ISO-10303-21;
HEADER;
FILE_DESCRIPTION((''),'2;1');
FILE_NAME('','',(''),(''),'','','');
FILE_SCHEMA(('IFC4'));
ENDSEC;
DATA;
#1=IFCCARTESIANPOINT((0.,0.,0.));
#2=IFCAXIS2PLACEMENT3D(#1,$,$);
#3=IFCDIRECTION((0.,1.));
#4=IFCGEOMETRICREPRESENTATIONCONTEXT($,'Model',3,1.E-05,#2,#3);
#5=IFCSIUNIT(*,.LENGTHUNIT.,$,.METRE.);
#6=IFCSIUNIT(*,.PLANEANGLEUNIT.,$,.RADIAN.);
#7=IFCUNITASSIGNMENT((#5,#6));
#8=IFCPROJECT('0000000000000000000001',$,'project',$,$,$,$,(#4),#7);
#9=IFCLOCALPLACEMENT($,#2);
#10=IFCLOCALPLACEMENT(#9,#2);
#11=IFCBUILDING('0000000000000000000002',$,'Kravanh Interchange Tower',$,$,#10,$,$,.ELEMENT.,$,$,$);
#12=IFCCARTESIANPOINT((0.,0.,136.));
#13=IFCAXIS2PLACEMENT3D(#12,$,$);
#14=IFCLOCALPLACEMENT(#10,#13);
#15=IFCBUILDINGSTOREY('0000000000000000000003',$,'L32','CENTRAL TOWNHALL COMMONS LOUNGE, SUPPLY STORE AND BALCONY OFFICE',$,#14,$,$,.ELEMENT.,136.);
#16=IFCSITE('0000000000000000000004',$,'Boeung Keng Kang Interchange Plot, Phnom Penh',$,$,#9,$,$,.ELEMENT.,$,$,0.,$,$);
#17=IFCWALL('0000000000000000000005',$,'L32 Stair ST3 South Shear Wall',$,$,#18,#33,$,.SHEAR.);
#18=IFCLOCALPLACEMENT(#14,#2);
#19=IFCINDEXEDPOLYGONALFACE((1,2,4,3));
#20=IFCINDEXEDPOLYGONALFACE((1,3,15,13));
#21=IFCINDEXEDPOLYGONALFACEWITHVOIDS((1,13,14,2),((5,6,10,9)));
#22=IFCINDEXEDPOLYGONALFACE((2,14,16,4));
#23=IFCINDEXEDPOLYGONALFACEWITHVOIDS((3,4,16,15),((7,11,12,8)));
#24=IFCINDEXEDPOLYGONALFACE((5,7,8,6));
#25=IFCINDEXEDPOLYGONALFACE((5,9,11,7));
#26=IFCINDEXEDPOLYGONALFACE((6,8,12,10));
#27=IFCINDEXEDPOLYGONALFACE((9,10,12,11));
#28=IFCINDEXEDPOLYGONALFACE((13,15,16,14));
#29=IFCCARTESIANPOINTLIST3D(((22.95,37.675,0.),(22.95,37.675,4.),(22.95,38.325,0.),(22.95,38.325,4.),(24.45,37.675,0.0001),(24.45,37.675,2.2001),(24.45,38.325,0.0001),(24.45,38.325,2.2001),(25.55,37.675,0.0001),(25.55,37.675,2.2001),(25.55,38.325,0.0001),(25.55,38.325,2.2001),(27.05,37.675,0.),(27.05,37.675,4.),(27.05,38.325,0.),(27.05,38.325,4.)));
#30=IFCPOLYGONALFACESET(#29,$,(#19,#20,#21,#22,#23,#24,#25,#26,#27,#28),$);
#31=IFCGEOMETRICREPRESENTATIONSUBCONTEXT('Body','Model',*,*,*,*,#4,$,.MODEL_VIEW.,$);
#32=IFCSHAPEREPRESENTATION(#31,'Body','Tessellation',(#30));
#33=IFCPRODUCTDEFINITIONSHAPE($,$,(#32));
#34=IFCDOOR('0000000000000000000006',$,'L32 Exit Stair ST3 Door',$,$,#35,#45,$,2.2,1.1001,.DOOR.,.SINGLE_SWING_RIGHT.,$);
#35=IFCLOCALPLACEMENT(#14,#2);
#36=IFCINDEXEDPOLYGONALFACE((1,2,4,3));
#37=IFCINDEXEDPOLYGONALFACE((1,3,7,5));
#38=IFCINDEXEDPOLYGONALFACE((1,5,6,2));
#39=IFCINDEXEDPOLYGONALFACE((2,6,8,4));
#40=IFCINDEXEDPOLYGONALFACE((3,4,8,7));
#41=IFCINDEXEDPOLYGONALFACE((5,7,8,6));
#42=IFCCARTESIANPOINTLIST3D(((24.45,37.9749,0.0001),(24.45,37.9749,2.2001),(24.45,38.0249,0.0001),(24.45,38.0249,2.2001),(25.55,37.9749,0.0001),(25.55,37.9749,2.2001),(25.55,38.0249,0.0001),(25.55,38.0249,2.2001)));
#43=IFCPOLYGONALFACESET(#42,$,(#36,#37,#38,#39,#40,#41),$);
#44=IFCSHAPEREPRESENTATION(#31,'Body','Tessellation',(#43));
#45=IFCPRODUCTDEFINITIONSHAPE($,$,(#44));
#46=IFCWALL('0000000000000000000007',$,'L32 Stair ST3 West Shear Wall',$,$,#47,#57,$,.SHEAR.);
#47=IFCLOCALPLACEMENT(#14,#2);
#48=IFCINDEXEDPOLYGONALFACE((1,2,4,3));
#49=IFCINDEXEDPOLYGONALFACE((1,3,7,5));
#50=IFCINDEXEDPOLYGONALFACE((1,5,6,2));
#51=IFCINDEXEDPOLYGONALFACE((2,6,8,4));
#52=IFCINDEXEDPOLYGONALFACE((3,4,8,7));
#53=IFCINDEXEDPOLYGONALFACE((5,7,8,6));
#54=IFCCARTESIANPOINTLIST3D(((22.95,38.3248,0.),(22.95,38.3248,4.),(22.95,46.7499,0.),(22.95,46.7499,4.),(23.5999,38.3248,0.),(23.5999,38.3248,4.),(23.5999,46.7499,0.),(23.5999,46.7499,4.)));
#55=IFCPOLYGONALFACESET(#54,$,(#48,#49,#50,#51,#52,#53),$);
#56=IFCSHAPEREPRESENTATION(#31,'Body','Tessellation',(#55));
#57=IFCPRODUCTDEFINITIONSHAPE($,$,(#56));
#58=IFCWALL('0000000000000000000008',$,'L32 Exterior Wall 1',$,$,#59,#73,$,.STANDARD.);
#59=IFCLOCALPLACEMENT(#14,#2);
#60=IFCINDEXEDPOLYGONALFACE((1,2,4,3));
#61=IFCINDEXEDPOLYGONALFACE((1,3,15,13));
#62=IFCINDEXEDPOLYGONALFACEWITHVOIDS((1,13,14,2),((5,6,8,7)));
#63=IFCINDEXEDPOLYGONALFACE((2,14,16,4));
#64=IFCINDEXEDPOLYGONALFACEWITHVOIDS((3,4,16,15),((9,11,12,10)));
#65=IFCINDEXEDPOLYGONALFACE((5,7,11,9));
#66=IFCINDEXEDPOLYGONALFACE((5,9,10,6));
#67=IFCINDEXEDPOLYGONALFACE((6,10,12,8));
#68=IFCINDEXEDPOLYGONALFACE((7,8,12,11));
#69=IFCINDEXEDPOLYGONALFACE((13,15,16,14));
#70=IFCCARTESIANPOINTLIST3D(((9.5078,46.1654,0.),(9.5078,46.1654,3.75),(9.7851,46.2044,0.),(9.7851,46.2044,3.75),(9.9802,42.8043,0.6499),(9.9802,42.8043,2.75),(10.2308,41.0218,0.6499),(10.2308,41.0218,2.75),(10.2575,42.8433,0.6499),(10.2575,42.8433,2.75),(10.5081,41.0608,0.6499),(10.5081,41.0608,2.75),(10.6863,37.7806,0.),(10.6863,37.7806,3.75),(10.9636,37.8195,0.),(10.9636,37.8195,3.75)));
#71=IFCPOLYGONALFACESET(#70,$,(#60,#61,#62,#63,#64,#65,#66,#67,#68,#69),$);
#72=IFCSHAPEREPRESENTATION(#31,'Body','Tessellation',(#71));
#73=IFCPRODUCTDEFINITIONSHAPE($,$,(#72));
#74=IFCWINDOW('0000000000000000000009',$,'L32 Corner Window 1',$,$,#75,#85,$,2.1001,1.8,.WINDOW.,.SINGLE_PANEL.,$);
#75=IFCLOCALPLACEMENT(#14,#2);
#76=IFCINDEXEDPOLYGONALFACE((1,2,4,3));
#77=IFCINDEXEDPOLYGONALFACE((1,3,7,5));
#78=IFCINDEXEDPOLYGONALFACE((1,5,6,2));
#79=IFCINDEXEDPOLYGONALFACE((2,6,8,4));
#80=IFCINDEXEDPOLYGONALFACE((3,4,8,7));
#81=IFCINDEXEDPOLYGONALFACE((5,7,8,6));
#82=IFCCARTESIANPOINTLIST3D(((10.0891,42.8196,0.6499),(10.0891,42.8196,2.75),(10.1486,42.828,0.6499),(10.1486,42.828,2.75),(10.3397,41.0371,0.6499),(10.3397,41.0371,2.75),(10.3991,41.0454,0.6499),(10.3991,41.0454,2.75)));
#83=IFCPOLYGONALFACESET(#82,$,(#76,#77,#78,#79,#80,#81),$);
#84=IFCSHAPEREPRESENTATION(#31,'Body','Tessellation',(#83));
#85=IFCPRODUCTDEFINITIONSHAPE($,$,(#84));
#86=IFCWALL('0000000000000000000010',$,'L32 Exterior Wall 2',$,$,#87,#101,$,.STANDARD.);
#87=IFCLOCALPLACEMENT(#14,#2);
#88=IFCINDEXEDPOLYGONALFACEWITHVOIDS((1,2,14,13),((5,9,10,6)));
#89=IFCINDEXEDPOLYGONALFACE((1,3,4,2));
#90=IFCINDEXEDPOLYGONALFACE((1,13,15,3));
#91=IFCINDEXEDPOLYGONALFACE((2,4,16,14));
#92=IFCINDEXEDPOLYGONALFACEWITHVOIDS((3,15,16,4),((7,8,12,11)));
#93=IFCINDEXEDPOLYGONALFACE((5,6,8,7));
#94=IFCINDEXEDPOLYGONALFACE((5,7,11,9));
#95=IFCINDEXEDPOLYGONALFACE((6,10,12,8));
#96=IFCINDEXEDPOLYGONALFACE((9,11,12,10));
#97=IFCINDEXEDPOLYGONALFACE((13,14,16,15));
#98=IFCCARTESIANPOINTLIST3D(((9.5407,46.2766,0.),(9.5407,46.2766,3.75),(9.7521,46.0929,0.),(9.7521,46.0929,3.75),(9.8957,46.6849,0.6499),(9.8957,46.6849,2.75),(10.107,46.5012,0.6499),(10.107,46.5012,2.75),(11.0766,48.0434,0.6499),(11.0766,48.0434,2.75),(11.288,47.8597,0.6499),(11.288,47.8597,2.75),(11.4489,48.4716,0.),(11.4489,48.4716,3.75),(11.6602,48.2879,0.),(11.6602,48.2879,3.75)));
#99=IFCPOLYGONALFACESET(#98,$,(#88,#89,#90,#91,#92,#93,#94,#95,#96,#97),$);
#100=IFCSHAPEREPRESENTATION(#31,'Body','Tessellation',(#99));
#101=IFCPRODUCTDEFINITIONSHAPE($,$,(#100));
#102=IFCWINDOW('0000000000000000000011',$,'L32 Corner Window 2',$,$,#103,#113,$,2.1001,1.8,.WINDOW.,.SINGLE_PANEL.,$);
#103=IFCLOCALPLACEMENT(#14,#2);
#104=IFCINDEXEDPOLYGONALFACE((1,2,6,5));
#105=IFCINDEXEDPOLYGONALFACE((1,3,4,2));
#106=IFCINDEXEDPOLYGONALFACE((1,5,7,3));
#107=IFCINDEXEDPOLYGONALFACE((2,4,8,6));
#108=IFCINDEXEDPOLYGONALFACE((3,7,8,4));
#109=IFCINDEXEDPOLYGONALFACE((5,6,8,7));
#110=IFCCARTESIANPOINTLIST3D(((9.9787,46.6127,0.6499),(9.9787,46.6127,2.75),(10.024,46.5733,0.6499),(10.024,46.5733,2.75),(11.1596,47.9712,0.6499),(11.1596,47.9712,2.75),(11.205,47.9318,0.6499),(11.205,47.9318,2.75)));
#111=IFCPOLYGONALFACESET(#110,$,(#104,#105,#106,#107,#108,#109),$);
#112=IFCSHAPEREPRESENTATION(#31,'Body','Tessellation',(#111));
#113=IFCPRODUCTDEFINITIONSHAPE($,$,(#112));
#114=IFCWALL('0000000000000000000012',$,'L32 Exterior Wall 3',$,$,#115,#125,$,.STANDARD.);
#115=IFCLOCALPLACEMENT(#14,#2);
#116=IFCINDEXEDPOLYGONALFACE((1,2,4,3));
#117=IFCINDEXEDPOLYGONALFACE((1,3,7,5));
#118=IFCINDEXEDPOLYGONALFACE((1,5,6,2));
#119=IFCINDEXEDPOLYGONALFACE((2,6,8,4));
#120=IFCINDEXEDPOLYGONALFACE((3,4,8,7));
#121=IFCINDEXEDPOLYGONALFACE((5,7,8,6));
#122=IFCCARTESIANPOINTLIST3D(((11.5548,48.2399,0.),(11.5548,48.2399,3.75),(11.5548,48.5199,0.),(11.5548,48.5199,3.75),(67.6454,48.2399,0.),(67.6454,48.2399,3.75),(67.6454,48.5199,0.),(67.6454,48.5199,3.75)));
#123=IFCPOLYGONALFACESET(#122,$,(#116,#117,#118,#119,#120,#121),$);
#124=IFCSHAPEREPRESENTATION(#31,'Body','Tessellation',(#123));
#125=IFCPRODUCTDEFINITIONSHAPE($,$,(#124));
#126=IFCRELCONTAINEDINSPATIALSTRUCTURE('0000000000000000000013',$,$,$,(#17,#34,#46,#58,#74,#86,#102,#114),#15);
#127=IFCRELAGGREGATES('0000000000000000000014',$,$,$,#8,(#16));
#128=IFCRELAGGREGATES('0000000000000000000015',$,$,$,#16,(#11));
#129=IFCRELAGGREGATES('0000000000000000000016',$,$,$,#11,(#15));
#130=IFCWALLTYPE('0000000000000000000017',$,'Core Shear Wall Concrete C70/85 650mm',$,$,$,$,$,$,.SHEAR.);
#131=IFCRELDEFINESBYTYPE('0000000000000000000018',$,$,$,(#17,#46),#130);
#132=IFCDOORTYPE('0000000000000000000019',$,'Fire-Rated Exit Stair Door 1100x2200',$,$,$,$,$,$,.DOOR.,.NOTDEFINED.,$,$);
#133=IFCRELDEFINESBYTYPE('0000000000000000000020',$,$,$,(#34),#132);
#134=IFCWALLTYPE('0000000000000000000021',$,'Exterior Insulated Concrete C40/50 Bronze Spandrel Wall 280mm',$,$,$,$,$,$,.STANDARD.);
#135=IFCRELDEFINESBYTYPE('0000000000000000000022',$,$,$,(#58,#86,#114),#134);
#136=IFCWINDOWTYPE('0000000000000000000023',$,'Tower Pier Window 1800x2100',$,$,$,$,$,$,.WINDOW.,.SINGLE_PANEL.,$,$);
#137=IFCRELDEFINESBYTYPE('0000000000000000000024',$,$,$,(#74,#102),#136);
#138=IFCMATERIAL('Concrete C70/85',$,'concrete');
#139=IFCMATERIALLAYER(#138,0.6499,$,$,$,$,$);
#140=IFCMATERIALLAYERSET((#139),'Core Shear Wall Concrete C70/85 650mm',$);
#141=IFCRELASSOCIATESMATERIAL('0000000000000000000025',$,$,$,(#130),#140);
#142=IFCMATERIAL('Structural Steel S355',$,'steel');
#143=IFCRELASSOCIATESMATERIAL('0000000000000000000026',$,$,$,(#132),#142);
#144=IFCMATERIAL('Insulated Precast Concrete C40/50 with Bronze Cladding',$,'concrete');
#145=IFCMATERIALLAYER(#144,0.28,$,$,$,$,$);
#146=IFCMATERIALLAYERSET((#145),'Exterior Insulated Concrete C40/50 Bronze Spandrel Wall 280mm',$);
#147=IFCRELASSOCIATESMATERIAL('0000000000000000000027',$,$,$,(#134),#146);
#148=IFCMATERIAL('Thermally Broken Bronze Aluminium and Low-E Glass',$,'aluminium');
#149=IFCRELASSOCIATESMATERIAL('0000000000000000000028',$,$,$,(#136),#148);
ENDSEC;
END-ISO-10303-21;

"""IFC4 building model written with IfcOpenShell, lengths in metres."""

from ifc_helpers import new_model, si_unit, direction, frame, frame_2d, origin, place, context, subcontext, project, spatial, rectangle, extrude, material, layer, layer_set, type_object, element, fill, save


model = new_model("IFC4")

# Units and contexts
model_context = context("Model", 3, precision=1e-05, world=origin(), true_north=direction((0.0, 1.0)))
body_context = subcontext(model_context, "Body", "Model", "MODEL_VIEW")
ifc_project = project(units=[si_unit("LENGTHUNIT", "METRE"), si_unit("PLANEANGLEUNIT", "RADIAN")], contexts=[model_context])

# Site, building, storey
site_placement = place(None, origin())
site = spatial("IfcSite", under=ifc_project, at=site_placement, Name="Boeung Keng Kang Interchange Plot, Phnom Penh", CompositionType="ELEMENT", RefElevation=0.0)
building_placement = place(site_placement, origin())
building = spatial("IfcBuilding", under=site, at=building_placement, Name="Kravanh Interchange Tower", CompositionType="ELEMENT")
storey_placement = place(building_placement, frame((0.0, 0.0, 136.0)))
storey = spatial("IfcBuildingStorey", under=building, at=storey_placement, Name="L32", Description="CENTRAL TOWNHALL COMMONS LOUNGE, SUPPLY STORE AND BALCONY OFFICE", CompositionType="ELEMENT", Elevation=136.0)

# Shared definitions
ifc_material_1 = material(Name="Concrete C70/85", Category="concrete")
ifc_layer_1 = layer(ifc_material_1, 0.6499)
ifc_layer_set_1 = layer_set([ifc_layer_1], Name="Core Shear Wall Concrete C70/85 650mm")
wall_type_1 = type_object("IfcWallType", Name="Core Shear Wall Concrete C70/85 650mm", PredefinedType="SHEAR", material=ifc_layer_set_1)

# Wall, opening, door
wall_1_placement = place(storey_placement, frame((22.95, 38.0, 0.0), z_axis=(0.0, 0.0, 1.0), x_axis=(1.0, 0.0, 0.0)))
wall_1 = element("IfcWall", 1, at=wall_1_placement, inside=storey, type_object=wall_type_1, Name="L32 Stair ST3 South Shear Wall", PredefinedType="SHEAR", context=body_context, shape_type="SweptSolid", body=[
    extrude(rectangle(XDim=4.1001, YDim=0.6499, at=frame_2d((2.05, 0.0))), origin(), (0.0, 0.0, 1.0), 4.0),
])
opening_1_placement = place(wall_1_placement, frame((1.5, 0.0, 0.0)))
opening_1 = element("IfcOpeningElement", 2, at=opening_1_placement, cuts=wall_1, PredefinedType="OPENING", context=body_context, shape_type="SweptSolid", body=[
    extrude(rectangle(XDim=1.1001, YDim=2.2, at=frame_2d((0.55, 1.1001))), frame((0.0, 0.335, 0.0), z_axis=(0.0, -1.0, 0.0), x_axis=(1.0, 0.0, 0.0)), (0.0, 0.0, 1.0), 0.6699),
])
ifc_material_2 = material(Name="Structural Steel S355", Category="steel")
door_type_1 = type_object("IfcDoorType", Name="Fire-Rated Exit Stair Door 1100x2200", OperationType="NOTDEFINED", PredefinedType="DOOR", material=ifc_material_2)
door_1_placement = place(opening_1_placement, origin())
door_1 = element("IfcDoor", 3, at=door_1_placement, inside=storey, type_object=door_type_1, Name="L32 Exit Stair ST3 Door", OperationType="SINGLE_SWING_RIGHT", OverallHeight=2.2, OverallWidth=1.1001, PredefinedType="DOOR", context=body_context, shape_type="SweptSolid", body=[
    extrude(rectangle(XDim=1.1001, YDim=2.2, at=frame_2d((0.55, 1.1001))), frame((0.0, 0.0249, 0.0), z_axis=(0.0, -1.0, 0.0), x_axis=(1.0, 0.0, 0.0)), (0.0, 0.0, 1.0), 0.05),
])
fill(opening_1, door_1)

# Wall
wall_2_placement = place(storey_placement, frame((23.2749, 38.325, 0.0), z_axis=(0.0, 0.0, 1.0), x_axis=(0.0, 1.0, 0.0)))
element("IfcWall", 4, at=wall_2_placement, inside=storey, type_object=wall_type_1, Name="L32 Stair ST3 West Shear Wall", PredefinedType="SHEAR", context=body_context, shape_type="SweptSolid", body=[
    extrude(rectangle(XDim=8.425, YDim=0.6499, at=frame_2d((4.2124, 0.0))), origin(), (0.0, 0.0, 1.0), 4.0),
])

# Walls, openings, windows
ifc_material_3 = material(Name="Insulated Precast Concrete C40/50 with Bronze Cladding", Category="concrete")
ifc_layer_2 = layer(ifc_material_3, 0.28)
ifc_layer_set_2 = layer_set([ifc_layer_2], Name="Exterior Insulated Concrete C40/50 Bronze Spandrel Wall 280mm")
wall_type_2 = type_object("IfcWallType", Name="Exterior Insulated Concrete C40/50 Bronze Spandrel Wall 280mm", PredefinedType="STANDARD", material=ifc_layer_set_2)
wall_3_placement = place(storey_placement, frame((10.825, 37.8, 0.0), z_axis=(0.0, 0.0, 1.0), x_axis=(-0.139181, 0.990267, 0.0)))
wall_3 = element("IfcWall", 5, at=wall_3_placement, inside=storey, type_object=wall_type_2, Name="L32 Exterior Wall 1", PredefinedType="STANDARD", context=body_context, shape_type="SweptSolid", body=[
    extrude(rectangle(XDim=8.4673, YDim=0.28, at=frame_2d((4.2336, 0.0))), origin(), (0.0, 0.0, 1.0), 3.75),
])
opening_2_placement = place(wall_3_placement, frame((3.2732, 0.0, 0.6499)))
opening_2 = element("IfcOpeningElement", 6, at=opening_2_placement, cuts=wall_3, PredefinedType="OPENING", context=body_context, shape_type="SweptSolid", body=[
    extrude(rectangle(XDim=1.8, YDim=2.1001, at=frame_2d((0.8999, 1.05))), frame((0.0, 0.1499, 0.0), z_axis=(0.0, -1.0, 0.0), x_axis=(1.0, 0.0, 0.0)), (0.0, 0.0, 1.0), 0.3),
])
ifc_material_4 = material(Name="Thermally Broken Bronze Aluminium and Low-E Glass", Category="aluminium")
window_type = type_object("IfcWindowType", Name="Tower Pier Window 1800x2100", PartitioningType="SINGLE_PANEL", PredefinedType="WINDOW", material=ifc_material_4)
window_1_placement = place(opening_2_placement, origin())
window_1 = element("IfcWindow", 7, at=window_1_placement, inside=storey, type_object=window_type, Name="L32 Corner Window 1", OverallHeight=2.1001, OverallWidth=1.8, PartitioningType="SINGLE_PANEL", PredefinedType="WINDOW", context=body_context, shape_type="SweptSolid", body=[
    extrude(rectangle(XDim=1.8, YDim=2.1001, at=frame_2d((0.8999, 1.05))), frame((0.0, 0.03, 0.0), z_axis=(0.0, -1.0, 0.0), x_axis=(1.0, 0.0, 0.0)), (0.0, 0.0, 1.0), 0.0601),
])
fill(opening_2, window_1)
wall_4_placement = place(storey_placement, frame((9.6465, 46.1848, 0.0), z_axis=(0.0, 0.0, 1.0), x_axis=(0.656071, 0.754699, 0.0)))
wall_4 = element("IfcWall", 8, at=wall_4_placement, inside=storey, type_object=wall_type_2, Name="L32 Exterior Wall 2", PredefinedType="STANDARD", context=body_context, shape_type="SweptSolid", body=[
    extrude(rectangle(XDim=2.9084, YDim=0.28, at=frame_2d((1.4541, 0.0))), origin(), (0.0, 0.0, 1.0), 3.75),
])
opening_3_placement = place(wall_4_placement, frame((0.541, 0.0, 0.6499)))
opening_3 = element("IfcOpeningElement", 9, at=opening_3_placement, cuts=wall_4, PredefinedType="OPENING", context=body_context, shape_type="SweptSolid", body=[
    extrude(rectangle(XDim=1.8, YDim=2.1001, at=frame_2d((0.8999, 1.05))), frame((0.0, 0.1499, 0.0), z_axis=(0.0, -1.0, 0.0), x_axis=(1.0, 0.0, 0.0)), (0.0, 0.0, 1.0), 0.3),
])
window_2_placement = place(opening_3_placement, origin())
window_2 = element("IfcWindow", 10, at=window_2_placement, inside=storey, type_object=window_type, Name="L32 Corner Window 2", OverallHeight=2.1001, OverallWidth=1.8, PartitioningType="SINGLE_PANEL", PredefinedType="WINDOW", context=body_context, shape_type="SweptSolid", body=[
    extrude(rectangle(XDim=1.8, YDim=2.1001, at=frame_2d((0.8999, 1.05))), frame((0.0, 0.03, 0.0), z_axis=(0.0, -1.0, 0.0), x_axis=(1.0, 0.0, 0.0)), (0.0, 0.0, 1.0), 0.0601),
])
fill(opening_3, window_2)

# Wall
wall_5_placement = place(storey_placement, frame((11.5547, 48.3799, 0.0), z_axis=(0.0, 0.0, 1.0), x_axis=(1.0, 0.0, 0.0)))
element("IfcWall", 11, at=wall_5_placement, inside=storey, type_object=wall_type_2, Name="L32 Exterior Wall 3", PredefinedType="STANDARD", context=body_context, shape_type="SweptSolid", body=[
    extrude(rectangle(XDim=56.0906, YDim=0.28, at=frame_2d((28.0454, 0.0))), origin(), (0.0, 0.0, 1.0), 3.75),
])

save(model, "model.ifc")
